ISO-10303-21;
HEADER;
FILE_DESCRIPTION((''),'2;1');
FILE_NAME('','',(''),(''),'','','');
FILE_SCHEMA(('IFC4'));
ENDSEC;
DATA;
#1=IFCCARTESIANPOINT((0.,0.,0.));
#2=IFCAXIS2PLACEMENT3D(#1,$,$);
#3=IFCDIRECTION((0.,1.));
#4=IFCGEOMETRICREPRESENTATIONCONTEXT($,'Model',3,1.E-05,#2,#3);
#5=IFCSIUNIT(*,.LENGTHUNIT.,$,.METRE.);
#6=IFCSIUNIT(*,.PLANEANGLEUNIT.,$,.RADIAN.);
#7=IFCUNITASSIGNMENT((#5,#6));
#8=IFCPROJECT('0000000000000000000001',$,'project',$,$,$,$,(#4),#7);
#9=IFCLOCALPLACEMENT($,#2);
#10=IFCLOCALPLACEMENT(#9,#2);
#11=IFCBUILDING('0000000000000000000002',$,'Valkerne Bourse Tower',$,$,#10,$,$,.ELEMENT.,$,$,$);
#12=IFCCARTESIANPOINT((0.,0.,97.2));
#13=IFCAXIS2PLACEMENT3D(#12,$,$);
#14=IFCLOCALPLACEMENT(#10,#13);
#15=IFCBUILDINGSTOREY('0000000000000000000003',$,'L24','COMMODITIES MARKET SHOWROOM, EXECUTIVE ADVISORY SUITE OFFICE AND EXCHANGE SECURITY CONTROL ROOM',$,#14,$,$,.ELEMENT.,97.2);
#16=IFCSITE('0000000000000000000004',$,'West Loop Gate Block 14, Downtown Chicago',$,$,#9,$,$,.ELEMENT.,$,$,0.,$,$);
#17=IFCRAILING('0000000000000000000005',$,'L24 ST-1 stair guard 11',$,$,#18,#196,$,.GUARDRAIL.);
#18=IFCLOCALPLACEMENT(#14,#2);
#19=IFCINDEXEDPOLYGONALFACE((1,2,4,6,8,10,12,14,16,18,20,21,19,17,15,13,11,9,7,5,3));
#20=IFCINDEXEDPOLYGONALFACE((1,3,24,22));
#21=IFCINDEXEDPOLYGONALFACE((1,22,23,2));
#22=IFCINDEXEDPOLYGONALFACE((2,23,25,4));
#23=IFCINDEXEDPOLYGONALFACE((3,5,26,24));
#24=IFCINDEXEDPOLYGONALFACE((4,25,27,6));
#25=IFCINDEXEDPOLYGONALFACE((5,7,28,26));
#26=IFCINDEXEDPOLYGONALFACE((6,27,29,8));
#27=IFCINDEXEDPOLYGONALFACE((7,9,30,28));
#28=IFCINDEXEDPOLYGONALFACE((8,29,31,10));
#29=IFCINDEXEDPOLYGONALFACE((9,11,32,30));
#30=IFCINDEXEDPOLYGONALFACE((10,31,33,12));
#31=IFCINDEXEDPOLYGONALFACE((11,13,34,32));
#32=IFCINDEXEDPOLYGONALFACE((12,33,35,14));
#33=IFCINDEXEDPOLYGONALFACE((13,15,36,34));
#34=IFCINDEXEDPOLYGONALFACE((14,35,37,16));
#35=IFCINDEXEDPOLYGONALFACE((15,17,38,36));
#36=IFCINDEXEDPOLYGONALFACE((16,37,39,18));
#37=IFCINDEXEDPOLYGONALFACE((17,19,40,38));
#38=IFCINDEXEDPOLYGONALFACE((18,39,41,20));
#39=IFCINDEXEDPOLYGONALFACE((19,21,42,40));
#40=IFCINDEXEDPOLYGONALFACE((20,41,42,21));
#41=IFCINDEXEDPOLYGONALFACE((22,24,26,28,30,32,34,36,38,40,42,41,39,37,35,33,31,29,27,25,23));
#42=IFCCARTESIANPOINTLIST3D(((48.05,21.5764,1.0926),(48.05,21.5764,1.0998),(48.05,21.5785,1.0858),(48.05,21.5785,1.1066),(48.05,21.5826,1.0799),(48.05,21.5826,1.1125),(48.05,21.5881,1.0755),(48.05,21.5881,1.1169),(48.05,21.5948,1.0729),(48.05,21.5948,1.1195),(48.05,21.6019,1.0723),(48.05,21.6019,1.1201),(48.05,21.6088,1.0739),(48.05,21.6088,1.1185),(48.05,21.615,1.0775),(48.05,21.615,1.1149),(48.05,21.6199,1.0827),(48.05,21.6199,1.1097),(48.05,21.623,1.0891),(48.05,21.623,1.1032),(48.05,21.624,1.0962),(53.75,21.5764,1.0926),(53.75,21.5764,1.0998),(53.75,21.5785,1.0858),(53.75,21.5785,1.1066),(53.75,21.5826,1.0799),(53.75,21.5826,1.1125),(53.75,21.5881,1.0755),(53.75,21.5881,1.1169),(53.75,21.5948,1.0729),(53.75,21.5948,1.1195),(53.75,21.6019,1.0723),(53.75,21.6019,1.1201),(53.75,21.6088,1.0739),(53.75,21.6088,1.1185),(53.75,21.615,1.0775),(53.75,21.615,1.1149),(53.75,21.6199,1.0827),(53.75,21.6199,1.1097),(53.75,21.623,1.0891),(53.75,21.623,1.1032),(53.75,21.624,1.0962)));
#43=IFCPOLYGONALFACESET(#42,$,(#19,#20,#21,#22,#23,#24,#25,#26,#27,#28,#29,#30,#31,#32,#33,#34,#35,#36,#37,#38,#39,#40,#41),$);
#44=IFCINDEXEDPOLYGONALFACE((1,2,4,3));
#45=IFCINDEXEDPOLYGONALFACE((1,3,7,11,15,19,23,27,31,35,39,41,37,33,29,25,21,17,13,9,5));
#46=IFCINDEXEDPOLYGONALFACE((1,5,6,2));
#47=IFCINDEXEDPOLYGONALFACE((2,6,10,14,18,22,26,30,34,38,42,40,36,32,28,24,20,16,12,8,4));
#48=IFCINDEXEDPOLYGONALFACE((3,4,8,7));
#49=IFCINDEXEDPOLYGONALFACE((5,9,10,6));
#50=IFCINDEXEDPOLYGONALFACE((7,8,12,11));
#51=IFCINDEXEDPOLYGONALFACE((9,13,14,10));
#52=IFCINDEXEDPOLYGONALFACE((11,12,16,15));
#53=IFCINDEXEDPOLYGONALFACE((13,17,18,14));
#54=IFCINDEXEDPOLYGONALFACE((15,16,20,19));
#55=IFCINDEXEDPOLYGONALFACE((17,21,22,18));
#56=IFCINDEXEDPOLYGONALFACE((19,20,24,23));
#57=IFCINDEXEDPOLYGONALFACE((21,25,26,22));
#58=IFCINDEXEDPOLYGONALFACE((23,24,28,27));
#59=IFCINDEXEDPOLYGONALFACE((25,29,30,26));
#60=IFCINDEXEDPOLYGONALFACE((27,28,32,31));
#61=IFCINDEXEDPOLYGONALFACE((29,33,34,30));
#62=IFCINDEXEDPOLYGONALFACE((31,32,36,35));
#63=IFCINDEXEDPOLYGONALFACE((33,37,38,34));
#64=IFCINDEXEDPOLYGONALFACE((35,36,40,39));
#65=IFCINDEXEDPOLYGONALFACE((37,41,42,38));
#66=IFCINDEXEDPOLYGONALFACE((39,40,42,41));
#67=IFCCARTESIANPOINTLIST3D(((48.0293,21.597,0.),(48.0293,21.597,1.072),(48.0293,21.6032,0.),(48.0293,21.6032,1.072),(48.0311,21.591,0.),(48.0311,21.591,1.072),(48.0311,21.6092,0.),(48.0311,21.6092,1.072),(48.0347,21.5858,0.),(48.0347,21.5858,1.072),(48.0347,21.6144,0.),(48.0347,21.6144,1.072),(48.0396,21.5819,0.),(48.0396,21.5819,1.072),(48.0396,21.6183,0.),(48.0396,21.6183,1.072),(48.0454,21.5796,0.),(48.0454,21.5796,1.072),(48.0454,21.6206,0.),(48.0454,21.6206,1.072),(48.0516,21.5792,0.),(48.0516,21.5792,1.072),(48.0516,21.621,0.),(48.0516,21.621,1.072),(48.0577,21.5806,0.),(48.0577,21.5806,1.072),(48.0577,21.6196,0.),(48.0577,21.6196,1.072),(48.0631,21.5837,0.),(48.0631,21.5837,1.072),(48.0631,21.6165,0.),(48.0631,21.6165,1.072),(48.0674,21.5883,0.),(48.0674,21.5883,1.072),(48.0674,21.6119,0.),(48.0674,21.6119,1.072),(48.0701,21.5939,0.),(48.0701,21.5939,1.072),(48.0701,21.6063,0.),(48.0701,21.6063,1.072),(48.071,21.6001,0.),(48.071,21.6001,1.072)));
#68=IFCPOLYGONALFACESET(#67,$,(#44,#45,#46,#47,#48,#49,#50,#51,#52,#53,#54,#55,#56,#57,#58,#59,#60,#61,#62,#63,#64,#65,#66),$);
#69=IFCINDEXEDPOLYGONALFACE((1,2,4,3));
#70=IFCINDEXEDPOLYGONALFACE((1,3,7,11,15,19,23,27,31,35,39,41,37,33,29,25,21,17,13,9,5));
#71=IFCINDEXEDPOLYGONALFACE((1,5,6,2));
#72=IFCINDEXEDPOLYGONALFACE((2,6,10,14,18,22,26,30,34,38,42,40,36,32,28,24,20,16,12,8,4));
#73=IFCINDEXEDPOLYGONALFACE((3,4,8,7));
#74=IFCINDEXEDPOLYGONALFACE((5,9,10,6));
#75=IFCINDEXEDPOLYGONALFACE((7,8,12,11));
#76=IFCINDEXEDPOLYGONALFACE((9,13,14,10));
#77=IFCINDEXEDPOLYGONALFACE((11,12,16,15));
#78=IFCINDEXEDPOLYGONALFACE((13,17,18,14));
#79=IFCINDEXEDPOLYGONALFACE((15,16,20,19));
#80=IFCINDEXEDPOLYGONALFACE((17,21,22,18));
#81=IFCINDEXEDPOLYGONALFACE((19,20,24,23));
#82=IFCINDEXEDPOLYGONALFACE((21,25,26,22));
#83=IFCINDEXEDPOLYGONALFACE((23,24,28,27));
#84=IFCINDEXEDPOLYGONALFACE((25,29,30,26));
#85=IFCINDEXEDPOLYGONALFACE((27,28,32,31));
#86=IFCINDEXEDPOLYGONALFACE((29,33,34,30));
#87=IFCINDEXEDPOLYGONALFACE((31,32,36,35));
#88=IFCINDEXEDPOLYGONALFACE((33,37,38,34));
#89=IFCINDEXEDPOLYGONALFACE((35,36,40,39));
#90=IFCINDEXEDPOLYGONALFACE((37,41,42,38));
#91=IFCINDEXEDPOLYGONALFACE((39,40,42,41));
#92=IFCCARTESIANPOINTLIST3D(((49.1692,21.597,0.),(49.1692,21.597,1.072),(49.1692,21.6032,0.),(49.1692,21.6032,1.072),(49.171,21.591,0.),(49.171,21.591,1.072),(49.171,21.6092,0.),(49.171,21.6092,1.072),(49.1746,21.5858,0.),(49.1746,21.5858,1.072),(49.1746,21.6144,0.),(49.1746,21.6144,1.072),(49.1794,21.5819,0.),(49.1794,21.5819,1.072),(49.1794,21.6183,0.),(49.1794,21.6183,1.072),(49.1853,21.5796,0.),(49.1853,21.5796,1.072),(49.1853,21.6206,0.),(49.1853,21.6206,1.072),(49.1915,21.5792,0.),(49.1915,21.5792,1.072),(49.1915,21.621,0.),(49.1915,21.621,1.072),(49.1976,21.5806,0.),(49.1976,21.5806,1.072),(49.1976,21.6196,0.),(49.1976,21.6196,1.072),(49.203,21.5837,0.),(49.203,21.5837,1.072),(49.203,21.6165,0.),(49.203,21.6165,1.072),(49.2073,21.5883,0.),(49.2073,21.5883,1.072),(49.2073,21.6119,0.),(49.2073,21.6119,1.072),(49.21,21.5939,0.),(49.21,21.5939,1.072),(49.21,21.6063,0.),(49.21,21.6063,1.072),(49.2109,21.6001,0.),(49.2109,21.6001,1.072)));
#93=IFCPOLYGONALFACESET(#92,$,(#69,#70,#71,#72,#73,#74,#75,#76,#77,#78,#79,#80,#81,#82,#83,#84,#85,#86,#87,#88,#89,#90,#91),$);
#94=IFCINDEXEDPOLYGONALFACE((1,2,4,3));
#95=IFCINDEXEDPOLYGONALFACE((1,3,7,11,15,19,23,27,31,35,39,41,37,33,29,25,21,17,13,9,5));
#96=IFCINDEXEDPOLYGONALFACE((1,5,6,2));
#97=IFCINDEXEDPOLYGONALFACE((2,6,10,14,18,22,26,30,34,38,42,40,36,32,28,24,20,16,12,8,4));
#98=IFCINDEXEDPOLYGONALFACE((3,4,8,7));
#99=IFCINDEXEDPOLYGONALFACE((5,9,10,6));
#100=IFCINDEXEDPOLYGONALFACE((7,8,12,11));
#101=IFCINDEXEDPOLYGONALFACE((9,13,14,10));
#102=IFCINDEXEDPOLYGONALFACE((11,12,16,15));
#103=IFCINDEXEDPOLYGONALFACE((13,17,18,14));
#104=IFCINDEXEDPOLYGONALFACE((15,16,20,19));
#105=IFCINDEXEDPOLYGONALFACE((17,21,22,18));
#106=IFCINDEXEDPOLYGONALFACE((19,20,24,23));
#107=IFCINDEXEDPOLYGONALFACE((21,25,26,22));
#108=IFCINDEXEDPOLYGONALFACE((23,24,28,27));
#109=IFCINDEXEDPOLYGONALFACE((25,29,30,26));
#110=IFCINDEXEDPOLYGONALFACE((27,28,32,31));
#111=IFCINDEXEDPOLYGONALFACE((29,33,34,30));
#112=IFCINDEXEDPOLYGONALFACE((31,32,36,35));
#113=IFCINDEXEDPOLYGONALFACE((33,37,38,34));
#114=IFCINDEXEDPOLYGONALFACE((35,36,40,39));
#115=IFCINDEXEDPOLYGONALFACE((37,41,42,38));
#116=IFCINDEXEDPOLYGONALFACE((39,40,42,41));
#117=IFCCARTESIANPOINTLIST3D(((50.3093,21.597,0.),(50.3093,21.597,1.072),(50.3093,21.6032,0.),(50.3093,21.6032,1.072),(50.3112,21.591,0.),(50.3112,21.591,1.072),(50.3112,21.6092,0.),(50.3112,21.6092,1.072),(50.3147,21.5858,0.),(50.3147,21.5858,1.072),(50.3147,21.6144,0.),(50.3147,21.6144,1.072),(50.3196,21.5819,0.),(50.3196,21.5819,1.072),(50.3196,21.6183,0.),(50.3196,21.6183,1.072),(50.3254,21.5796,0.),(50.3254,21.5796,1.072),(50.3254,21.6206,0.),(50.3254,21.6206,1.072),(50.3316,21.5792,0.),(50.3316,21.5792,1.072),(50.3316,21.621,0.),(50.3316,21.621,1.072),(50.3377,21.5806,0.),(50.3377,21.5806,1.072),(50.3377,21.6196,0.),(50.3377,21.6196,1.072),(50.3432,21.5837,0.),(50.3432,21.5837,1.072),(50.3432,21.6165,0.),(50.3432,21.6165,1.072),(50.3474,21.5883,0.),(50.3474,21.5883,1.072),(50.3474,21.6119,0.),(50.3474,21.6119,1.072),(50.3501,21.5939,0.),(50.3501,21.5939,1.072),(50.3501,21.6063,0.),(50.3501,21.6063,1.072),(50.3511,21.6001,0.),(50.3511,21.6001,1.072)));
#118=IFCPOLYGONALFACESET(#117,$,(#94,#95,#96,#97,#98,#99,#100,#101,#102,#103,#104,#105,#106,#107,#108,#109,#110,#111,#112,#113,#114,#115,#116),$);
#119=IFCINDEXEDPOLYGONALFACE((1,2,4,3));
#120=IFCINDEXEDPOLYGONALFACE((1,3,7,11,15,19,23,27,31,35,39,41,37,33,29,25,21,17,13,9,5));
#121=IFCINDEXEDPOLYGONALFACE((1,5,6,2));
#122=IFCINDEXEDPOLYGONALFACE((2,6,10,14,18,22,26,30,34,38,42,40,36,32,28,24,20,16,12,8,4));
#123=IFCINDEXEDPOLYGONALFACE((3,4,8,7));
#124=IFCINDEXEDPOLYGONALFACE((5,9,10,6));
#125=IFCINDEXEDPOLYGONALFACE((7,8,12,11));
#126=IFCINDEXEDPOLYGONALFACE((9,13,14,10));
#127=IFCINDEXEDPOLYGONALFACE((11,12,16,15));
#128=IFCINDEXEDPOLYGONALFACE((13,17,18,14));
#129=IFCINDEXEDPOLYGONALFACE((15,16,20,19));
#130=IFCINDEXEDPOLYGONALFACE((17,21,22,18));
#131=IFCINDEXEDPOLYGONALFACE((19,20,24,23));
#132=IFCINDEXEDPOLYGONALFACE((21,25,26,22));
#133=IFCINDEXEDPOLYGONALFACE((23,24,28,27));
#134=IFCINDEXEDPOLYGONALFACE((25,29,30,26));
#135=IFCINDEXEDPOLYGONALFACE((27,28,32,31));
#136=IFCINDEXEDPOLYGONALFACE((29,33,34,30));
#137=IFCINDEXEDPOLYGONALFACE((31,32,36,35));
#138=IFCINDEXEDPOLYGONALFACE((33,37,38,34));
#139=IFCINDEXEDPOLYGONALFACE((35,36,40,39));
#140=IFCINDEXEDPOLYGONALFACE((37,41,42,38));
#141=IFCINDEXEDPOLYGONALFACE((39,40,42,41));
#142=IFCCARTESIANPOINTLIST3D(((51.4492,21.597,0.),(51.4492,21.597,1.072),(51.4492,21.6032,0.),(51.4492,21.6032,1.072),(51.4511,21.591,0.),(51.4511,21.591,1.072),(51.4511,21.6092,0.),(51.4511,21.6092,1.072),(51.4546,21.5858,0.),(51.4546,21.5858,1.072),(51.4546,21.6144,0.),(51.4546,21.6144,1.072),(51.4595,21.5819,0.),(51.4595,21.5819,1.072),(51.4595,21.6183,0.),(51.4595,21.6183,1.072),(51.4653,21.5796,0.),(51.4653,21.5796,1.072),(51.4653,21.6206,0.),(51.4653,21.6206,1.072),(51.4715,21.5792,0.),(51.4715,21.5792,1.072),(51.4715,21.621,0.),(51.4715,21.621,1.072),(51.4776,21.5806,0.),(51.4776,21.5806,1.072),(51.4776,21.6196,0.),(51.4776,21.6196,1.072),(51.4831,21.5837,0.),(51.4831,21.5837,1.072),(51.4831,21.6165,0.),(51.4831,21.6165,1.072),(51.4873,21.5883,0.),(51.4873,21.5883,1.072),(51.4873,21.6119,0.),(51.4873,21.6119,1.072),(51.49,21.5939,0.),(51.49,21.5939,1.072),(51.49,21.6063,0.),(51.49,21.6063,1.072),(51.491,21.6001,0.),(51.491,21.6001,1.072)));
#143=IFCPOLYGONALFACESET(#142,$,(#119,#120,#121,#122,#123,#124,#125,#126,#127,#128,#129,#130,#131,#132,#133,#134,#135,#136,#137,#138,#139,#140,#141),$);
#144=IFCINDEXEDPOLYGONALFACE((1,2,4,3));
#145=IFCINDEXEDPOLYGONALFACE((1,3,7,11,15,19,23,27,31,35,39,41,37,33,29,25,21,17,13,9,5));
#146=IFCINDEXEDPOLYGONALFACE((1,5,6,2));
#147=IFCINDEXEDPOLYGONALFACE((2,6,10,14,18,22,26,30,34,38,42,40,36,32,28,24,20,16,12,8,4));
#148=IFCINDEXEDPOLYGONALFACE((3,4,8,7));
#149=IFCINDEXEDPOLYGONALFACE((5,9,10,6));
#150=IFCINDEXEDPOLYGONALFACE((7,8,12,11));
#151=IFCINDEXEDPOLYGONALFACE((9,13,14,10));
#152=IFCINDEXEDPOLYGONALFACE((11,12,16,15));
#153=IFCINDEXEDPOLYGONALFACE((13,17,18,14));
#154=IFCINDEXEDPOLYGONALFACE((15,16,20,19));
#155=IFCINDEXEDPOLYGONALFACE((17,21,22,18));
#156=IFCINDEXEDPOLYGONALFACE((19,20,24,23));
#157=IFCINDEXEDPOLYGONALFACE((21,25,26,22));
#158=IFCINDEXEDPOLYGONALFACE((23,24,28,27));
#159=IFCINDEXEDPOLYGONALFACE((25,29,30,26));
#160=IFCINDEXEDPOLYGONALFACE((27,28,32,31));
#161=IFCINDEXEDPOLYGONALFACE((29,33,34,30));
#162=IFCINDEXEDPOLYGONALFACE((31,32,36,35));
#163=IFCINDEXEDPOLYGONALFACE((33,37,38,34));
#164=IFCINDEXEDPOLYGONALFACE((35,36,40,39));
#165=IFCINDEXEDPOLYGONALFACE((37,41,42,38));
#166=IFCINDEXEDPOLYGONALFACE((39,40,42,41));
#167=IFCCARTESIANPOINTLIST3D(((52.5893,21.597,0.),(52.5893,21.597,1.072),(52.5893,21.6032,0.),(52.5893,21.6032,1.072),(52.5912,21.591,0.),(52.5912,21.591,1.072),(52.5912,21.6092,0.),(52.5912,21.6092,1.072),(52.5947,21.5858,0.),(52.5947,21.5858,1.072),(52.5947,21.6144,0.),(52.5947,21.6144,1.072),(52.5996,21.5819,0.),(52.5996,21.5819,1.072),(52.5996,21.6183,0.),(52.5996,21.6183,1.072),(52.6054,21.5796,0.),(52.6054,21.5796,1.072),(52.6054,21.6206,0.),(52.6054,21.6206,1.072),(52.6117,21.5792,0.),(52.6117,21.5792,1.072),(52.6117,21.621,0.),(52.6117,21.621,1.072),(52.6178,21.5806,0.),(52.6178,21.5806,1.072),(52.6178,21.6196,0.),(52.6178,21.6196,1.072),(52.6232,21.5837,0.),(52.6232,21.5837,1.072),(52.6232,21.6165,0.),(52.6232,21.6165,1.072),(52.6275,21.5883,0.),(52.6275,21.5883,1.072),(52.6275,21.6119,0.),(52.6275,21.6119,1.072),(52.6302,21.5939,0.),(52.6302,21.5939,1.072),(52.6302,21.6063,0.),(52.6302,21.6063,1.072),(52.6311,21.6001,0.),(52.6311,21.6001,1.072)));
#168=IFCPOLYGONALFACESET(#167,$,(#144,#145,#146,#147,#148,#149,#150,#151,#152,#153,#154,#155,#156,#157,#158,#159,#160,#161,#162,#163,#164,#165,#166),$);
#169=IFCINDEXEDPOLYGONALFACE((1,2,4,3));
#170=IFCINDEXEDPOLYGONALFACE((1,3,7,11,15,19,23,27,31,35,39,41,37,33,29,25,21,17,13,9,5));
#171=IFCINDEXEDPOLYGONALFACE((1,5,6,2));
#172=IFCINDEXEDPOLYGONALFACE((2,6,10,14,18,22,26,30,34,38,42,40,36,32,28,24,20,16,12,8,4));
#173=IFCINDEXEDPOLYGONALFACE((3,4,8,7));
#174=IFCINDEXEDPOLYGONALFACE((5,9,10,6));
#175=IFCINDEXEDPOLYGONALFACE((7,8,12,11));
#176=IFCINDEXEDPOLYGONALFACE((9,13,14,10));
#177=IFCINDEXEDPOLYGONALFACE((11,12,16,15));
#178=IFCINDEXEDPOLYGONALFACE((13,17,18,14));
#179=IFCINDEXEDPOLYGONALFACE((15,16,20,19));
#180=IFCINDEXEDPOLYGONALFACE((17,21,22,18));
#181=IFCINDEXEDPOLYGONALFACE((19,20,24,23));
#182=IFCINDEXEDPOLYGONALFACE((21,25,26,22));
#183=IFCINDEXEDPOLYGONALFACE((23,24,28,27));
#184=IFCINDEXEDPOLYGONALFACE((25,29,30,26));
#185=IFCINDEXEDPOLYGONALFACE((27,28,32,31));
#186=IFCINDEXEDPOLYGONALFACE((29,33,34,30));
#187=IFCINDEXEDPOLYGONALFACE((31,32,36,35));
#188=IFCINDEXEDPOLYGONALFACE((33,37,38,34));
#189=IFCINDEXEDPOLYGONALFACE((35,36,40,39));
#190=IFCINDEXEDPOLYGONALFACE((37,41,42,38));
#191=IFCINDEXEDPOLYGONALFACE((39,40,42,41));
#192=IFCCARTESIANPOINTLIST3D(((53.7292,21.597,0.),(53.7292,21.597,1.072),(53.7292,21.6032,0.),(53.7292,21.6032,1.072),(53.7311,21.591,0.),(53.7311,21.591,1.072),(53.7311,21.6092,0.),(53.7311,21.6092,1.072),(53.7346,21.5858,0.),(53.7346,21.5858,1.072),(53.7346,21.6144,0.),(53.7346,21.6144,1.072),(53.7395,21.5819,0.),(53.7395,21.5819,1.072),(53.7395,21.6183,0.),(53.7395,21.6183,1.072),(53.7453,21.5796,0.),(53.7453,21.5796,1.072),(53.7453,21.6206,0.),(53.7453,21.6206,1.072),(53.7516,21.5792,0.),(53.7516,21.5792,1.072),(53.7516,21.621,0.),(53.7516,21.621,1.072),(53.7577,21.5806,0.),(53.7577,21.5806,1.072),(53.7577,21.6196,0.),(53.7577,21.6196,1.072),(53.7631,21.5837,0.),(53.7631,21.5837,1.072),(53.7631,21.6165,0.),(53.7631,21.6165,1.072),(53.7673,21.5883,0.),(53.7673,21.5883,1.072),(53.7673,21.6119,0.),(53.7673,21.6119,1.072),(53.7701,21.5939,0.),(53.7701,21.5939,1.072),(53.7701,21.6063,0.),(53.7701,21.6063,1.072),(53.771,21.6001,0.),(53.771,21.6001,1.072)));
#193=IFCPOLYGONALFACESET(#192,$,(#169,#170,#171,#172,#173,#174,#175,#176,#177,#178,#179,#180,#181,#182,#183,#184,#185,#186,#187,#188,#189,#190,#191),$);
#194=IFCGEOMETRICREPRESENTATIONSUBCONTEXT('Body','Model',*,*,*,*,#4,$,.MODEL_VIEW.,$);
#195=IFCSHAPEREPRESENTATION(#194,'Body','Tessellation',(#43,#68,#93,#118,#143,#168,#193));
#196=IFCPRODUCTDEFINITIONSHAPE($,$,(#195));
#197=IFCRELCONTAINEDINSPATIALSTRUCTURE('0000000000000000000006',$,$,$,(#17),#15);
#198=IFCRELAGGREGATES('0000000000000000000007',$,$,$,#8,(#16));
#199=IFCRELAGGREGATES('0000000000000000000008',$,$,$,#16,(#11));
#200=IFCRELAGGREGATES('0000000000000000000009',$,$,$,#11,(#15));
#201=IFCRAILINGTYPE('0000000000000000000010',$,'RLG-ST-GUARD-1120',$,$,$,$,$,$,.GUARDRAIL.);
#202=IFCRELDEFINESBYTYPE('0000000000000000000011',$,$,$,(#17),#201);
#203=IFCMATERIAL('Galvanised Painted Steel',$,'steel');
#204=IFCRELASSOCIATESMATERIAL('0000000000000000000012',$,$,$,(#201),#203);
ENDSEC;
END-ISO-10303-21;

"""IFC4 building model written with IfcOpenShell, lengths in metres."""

from ifc_helpers import new_model, si_unit, direction, frame, origin, origin_2d, place, context, subcontext, project, spatial, circle, extrude, material, type_object, element, save


model = new_model("IFC4")

# Units and contexts
model_context = context("Model", 3, precision=1e-05, world=origin(), true_north=direction((0.0, 1.0)))
body_context = subcontext(model_context, "Body", "Model", "MODEL_VIEW")
ifc_project = project(units=[si_unit("LENGTHUNIT", "METRE"), si_unit("PLANEANGLEUNIT", "RADIAN")], contexts=[model_context])

# Site, building, storey
site_placement = place(None, origin())
site = spatial("IfcSite", under=ifc_project, at=site_placement, Name="West Loop Gate Block 14, Downtown Chicago", CompositionType="ELEMENT", RefElevation=0.0)
building_placement = place(site_placement, origin())
building = spatial("IfcBuilding", under=site, at=building_placement, Name="Valkerne Bourse Tower", CompositionType="ELEMENT")
storey_placement = place(building_placement, frame((0.0, 0.0, 97.2)))
storey = spatial("IfcBuildingStorey", under=building, at=storey_placement, Name="L24", Description="COMMODITIES MARKET SHOWROOM, EXECUTIVE ADVISORY SUITE OFFICE AND EXCHANGE SECURITY CONTROL ROOM", CompositionType="ELEMENT", Elevation=97.2)

# Shared definitions
ifc_material_1 = material(Name="Galvanised Painted Steel", Category="steel")

# Railing
railing_type_1 = type_object("IfcRailingType", Name="RLG-ST-GUARD-1120", PredefinedType="GUARDRAIL", material=ifc_material_1)
railing_1_placement = place(storey_placement, frame((48.05, 21.6001, 0.0)))
element("IfcRailing", 1, at=railing_1_placement, inside=storey, type_object=railing_type_1, Name="L24 ST-1 stair guard 11", PredefinedType="GUARDRAIL", context=body_context, shape_type="SweptSolid", body=[
    extrude(circle(Radius=0.0239, at=origin_2d()), frame((0.0, 0.0, 1.0962), z_axis=(1.0, 0.0, 0.0), x_axis=(0.0, 1.0, 0.0)), (0.0, 0.0, 1.0), 5.7),
    extrude(circle(Radius=0.021, at=origin_2d()), origin(), (0.0, 0.0, 1.0), 1.072),
    extrude(circle(Radius=0.021, at=origin_2d()), frame((1.1399, 0.0, 0.0)), (0.0, 0.0, 1.0), 1.072),
    extrude(circle(Radius=0.021, at=origin_2d()), frame((2.28, 0.0, 0.0)), (0.0, 0.0, 1.0), 1.072),
    extrude(circle(Radius=0.021, at=origin_2d()), frame((3.4199, 0.0, 0.0)), (0.0, 0.0, 1.0), 1.072),
    extrude(circle(Radius=0.021, at=origin_2d()), frame((4.5601, 0.0, 0.0)), (0.0, 0.0, 1.0), 1.072),
    extrude(circle(Radius=0.021, at=origin_2d()), frame((5.7, 0.0, 0.0)), (0.0, 0.0, 1.0), 1.072),
])

save(model, "model.ifc")
